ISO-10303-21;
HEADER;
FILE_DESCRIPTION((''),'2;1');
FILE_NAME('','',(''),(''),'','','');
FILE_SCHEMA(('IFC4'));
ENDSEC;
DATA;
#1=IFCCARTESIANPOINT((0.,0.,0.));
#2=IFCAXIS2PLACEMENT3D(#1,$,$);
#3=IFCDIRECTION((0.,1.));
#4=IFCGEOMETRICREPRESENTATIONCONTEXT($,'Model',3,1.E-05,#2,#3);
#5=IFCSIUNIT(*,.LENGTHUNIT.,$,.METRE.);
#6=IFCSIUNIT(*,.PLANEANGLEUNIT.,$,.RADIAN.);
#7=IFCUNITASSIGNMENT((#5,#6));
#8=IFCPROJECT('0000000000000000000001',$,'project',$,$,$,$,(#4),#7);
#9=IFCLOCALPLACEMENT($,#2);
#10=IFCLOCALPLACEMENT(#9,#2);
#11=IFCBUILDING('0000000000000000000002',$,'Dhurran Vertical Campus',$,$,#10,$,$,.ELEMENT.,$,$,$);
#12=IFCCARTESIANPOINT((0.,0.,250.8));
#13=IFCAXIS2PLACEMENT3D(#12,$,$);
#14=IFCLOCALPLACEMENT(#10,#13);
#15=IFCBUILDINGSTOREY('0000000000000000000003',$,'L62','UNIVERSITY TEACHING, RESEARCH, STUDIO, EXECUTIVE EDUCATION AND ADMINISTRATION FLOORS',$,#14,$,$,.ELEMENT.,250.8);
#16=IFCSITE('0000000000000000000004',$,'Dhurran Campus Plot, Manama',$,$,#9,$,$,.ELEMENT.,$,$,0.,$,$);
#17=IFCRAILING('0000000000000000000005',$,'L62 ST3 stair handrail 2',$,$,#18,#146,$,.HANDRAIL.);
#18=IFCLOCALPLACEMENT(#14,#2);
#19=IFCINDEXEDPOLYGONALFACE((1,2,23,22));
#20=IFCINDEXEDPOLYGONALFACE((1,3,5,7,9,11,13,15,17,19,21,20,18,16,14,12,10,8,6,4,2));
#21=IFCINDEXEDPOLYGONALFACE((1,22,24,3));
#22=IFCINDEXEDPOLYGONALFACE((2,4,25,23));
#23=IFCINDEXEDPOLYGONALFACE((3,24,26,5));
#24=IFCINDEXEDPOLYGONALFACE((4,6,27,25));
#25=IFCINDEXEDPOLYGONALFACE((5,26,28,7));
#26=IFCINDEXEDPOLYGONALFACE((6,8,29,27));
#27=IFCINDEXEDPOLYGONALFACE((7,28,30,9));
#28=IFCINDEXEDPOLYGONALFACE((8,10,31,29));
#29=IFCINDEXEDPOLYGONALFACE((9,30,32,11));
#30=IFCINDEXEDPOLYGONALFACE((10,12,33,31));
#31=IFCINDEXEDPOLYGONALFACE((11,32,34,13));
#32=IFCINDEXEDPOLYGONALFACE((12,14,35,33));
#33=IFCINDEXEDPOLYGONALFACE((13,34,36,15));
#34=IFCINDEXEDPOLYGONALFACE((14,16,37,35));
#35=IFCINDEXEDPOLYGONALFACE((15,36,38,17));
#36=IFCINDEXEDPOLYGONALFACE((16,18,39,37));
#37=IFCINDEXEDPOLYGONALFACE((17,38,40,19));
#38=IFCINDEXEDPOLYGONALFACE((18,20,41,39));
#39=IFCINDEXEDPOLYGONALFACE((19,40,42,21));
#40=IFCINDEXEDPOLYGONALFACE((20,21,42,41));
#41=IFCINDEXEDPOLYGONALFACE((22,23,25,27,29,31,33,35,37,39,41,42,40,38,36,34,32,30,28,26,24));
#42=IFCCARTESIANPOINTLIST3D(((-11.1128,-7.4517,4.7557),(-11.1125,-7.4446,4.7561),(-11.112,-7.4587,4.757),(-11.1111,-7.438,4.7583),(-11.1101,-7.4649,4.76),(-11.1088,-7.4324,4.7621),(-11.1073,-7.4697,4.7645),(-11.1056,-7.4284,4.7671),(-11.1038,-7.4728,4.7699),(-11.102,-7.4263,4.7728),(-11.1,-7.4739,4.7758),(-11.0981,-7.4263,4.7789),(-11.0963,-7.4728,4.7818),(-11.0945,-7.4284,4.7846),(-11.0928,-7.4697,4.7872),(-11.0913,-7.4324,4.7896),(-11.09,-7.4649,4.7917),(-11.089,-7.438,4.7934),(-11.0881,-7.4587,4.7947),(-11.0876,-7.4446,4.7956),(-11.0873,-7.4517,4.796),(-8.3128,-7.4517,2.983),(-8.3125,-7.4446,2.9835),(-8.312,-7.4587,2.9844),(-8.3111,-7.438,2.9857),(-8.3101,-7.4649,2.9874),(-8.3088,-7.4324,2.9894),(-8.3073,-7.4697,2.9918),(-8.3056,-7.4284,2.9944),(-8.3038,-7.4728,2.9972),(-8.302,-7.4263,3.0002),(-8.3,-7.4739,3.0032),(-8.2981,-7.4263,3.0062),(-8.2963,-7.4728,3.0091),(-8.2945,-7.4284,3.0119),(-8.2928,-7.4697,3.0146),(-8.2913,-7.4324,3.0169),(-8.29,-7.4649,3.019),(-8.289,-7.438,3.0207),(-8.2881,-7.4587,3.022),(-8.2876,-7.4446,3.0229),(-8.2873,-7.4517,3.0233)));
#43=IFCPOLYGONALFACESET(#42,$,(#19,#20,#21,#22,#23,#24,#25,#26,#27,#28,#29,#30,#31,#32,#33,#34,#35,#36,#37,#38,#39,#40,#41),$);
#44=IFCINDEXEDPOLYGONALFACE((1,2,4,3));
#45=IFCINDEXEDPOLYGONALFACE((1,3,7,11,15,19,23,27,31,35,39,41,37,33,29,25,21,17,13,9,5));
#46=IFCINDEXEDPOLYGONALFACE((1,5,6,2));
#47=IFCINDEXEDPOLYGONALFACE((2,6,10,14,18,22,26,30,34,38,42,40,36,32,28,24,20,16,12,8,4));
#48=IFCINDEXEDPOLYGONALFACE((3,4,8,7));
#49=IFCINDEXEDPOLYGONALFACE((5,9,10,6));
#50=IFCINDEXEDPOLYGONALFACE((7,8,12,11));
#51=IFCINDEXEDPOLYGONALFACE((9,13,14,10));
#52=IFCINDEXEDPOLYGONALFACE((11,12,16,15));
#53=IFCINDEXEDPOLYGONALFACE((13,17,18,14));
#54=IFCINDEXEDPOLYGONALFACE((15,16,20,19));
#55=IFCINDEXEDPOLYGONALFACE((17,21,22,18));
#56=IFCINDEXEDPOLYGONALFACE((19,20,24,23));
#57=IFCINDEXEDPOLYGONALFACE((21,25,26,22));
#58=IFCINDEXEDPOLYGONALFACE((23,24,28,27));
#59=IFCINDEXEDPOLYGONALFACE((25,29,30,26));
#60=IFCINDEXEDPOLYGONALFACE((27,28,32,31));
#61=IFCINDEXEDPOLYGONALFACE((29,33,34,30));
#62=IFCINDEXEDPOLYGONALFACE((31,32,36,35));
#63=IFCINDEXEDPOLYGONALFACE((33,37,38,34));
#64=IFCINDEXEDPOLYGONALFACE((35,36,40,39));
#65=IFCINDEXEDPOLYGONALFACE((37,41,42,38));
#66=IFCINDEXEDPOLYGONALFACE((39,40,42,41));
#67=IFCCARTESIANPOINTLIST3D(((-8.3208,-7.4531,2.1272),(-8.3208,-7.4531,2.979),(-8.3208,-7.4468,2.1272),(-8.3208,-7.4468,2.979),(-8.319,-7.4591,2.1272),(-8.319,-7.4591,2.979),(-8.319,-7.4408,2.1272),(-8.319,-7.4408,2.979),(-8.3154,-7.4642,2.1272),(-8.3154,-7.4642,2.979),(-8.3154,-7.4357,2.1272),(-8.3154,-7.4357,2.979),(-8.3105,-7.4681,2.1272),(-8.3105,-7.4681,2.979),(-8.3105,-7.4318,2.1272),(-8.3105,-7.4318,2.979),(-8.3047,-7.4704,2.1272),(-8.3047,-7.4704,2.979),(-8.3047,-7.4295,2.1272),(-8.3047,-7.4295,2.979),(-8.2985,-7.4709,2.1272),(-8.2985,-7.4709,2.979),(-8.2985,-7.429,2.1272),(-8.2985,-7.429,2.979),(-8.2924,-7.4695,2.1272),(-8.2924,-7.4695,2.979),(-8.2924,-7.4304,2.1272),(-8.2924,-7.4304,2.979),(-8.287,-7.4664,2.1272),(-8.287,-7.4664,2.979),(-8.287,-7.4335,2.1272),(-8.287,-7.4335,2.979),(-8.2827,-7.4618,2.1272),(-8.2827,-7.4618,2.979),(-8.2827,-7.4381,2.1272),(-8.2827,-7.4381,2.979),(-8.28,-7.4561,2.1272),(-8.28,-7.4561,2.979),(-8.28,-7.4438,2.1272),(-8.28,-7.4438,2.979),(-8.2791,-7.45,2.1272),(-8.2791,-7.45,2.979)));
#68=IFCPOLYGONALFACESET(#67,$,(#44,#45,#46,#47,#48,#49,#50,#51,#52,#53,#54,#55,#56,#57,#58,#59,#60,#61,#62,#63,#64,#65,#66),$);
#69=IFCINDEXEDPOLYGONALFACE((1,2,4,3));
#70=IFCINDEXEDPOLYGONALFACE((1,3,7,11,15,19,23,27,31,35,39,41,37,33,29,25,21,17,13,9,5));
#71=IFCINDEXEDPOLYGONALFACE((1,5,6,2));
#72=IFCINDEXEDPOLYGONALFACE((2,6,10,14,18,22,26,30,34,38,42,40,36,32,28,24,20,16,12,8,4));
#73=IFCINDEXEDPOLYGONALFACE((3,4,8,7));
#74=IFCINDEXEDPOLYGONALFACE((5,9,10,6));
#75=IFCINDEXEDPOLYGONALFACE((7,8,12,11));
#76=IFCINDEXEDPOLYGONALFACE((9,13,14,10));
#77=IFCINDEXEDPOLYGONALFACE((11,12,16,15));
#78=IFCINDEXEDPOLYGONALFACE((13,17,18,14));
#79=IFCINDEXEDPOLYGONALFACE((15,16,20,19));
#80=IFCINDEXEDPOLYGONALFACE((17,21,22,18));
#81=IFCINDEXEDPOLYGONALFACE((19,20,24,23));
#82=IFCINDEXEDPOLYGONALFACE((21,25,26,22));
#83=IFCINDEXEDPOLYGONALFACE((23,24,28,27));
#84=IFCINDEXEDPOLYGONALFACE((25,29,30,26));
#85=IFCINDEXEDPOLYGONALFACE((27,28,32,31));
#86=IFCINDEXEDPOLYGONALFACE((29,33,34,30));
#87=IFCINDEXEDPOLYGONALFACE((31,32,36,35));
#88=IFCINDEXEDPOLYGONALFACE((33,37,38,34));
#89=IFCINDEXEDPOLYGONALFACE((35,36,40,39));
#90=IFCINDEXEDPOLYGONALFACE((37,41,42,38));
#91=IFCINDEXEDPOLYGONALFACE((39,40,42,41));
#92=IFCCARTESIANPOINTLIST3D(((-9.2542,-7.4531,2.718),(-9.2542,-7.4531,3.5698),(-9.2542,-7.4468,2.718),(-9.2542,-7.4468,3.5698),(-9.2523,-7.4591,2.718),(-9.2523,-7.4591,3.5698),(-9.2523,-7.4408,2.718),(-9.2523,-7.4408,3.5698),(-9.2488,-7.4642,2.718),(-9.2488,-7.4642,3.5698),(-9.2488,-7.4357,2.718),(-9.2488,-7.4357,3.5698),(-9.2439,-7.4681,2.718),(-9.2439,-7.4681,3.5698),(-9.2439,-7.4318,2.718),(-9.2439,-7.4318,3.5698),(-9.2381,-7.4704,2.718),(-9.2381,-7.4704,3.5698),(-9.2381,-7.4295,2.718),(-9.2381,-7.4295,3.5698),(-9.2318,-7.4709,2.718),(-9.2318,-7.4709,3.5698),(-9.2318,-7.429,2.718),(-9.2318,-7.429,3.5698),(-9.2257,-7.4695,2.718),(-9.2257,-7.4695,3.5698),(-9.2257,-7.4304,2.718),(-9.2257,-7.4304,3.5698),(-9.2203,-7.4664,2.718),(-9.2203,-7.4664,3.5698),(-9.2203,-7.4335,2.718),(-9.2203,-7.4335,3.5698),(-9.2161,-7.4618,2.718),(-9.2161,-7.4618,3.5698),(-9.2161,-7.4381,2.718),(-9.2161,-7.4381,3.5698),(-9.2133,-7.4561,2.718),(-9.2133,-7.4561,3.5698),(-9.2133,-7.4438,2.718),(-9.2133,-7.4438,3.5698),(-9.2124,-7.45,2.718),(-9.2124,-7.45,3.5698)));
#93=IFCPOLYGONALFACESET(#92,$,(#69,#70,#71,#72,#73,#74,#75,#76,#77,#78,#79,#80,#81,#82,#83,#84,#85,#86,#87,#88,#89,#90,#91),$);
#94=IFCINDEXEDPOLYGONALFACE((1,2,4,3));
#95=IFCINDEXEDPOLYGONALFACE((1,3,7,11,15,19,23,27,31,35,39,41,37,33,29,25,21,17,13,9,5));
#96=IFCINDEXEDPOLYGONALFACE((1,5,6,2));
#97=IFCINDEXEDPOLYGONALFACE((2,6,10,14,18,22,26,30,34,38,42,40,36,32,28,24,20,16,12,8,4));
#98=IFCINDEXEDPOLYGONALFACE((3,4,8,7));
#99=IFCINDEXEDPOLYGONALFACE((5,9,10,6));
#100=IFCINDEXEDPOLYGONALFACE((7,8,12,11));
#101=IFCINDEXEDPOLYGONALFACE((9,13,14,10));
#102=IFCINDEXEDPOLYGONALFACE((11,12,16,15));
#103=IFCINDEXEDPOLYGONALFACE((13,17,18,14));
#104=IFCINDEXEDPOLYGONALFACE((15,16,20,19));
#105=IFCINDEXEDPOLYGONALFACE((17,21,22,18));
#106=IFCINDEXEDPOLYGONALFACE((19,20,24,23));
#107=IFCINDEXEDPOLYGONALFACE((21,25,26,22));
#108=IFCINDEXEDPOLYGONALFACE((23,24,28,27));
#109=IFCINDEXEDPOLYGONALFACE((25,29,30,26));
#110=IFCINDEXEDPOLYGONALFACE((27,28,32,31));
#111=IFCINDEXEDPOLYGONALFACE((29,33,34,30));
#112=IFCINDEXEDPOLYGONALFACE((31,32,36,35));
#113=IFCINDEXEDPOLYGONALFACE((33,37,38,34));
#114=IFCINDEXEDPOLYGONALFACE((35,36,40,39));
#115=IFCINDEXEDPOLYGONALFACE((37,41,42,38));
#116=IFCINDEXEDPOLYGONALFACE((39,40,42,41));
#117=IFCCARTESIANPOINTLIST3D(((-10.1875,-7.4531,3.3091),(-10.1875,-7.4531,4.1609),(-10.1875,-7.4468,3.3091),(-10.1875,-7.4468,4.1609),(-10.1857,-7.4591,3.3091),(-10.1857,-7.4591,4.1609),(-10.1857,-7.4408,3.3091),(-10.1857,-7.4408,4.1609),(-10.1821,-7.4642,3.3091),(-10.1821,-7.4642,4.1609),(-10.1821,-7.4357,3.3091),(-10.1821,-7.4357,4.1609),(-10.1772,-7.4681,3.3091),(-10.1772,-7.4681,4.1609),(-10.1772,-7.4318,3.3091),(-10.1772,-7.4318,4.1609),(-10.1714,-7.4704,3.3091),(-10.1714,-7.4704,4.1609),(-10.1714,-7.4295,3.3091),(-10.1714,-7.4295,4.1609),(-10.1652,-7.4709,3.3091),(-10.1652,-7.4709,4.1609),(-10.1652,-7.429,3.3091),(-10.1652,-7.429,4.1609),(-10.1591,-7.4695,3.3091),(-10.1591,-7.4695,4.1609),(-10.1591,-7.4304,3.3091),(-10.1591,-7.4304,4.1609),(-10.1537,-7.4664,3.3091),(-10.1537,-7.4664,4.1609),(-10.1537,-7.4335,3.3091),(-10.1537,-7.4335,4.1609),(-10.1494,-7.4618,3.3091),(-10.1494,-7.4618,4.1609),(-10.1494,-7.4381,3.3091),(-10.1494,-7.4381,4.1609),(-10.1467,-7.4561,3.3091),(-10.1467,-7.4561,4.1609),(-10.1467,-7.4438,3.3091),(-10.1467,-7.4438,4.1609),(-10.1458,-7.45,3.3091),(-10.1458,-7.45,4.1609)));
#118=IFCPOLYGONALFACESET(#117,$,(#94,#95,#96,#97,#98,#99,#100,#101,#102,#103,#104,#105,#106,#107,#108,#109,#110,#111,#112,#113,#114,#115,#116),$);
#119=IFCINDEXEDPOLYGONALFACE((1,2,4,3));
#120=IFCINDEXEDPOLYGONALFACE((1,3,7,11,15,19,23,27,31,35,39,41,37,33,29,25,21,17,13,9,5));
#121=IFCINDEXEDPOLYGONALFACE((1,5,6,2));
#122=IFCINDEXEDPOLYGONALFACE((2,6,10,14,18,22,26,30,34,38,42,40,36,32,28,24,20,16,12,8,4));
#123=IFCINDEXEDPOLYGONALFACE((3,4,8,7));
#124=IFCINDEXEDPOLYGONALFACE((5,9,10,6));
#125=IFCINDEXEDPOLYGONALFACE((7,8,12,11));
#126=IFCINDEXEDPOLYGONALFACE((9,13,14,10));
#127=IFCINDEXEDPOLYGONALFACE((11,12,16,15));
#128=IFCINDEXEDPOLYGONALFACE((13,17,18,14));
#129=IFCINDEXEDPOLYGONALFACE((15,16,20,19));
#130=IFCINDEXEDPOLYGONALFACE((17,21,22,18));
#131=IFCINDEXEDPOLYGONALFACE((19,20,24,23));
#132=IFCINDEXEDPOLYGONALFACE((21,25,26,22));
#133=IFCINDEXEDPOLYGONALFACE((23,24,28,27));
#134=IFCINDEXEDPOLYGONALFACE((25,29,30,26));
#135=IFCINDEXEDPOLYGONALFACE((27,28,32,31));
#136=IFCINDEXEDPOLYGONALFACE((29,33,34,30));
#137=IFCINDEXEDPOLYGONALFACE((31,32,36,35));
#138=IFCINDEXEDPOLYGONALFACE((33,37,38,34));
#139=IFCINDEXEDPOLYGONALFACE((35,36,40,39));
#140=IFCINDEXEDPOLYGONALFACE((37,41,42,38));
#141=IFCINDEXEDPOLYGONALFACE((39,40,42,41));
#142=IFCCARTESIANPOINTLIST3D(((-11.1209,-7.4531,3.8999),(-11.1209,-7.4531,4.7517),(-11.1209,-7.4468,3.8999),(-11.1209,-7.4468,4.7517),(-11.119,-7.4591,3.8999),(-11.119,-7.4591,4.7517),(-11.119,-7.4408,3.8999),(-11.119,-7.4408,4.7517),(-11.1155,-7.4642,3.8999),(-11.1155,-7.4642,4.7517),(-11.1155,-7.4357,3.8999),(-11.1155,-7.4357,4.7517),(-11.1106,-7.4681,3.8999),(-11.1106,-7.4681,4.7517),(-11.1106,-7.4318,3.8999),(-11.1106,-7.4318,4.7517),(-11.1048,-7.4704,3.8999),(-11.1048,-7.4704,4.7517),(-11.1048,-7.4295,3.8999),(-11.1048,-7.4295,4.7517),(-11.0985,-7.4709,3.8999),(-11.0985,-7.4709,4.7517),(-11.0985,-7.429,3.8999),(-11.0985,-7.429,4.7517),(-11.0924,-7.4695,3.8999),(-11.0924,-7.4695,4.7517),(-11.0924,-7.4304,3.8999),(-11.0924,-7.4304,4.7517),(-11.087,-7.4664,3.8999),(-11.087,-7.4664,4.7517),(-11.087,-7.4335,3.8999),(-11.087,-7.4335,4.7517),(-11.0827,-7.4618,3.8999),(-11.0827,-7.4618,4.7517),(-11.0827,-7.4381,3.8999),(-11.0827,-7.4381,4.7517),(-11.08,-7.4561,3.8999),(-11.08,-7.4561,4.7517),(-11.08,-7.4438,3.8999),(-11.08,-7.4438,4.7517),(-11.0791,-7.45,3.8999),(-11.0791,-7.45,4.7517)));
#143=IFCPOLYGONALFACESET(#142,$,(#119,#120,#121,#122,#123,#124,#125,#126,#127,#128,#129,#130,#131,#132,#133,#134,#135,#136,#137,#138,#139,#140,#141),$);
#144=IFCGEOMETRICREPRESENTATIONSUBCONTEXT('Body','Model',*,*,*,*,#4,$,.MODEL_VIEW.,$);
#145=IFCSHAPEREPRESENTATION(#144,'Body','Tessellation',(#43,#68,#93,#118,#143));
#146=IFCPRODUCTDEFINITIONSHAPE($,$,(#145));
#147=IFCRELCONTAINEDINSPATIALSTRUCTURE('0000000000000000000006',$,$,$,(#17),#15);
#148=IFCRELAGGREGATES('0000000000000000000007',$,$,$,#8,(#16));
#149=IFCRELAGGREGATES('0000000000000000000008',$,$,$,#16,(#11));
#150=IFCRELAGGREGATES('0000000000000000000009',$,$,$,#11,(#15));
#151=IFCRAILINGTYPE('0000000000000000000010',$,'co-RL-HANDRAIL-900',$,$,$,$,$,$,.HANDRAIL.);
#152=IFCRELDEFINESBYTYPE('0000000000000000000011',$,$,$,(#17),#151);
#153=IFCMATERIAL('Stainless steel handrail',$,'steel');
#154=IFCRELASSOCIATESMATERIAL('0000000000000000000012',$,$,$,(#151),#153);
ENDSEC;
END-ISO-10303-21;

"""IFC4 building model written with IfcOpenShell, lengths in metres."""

from ifc_helpers import new_model, si_unit, direction, frame, origin, origin_2d, place, context, subcontext, project, spatial, circle, extrude, material, type_object, element, save


model = new_model("IFC4")

# Units and contexts
model_context = context("Model", 3, precision=1e-05, world=origin(), true_north=direction((0.0, 1.0)))
body_context = subcontext(model_context, "Body", "Model", "MODEL_VIEW")
ifc_project = project(units=[si_unit("LENGTHUNIT", "METRE"), si_unit("PLANEANGLEUNIT", "RADIAN")], contexts=[model_context])

# Site, building, storey
site_placement = place(None, origin())
site = spatial("IfcSite", under=ifc_project, at=site_placement, Name="Dhurran Campus Plot, Manama", CompositionType="ELEMENT", RefElevation=0.0)
building_placement = place(site_placement, origin())
building = spatial("IfcBuilding", under=site, at=building_placement, Name="Dhurran Vertical Campus", CompositionType="ELEMENT")
storey_placement = place(building_placement, frame((0.0, 0.0, 250.8)))
storey = spatial("IfcBuildingStorey", under=building, at=storey_placement, Name="L62", Description="UNIVERSITY TEACHING, RESEARCH, STUDIO, EXECUTIVE EDUCATION AND ADMINISTRATION FLOORS", CompositionType="ELEMENT", Elevation=250.8)

# Railing
ifc_material_1 = material(Name="Stainless steel handrail", Category="steel")
railing_type_1 = type_object("IfcRailingType", Name="co-RL-HANDRAIL-900", PredefinedType="HANDRAIL", material=ifc_material_1)
railing_1_placement = place(storey_placement, frame((-8.3, -7.45, 2.1272)))
element("IfcRailing", 1, at=railing_1_placement, inside=storey, type_object=railing_type_1, Name="L62 ST3 stair handrail 2", PredefinedType="HANDRAIL", context=body_context, shape_type="SweptSolid", body=[
    extrude(circle(Radius=0.0239, at=origin_2d()), frame((0.0, 0.0, 0.876), z_axis=(-0.844909, 0.0, 0.53491), x_axis=(0.0, -1.0, 0.0)), (0.0, 0.0, 1.0), 3.314),
    extrude(circle(Radius=0.021, at=origin_2d()), origin(), (0.0, 0.0, 1.0), 0.8518),
    extrude(circle(Radius=0.021, at=origin_2d()), frame((-0.9333, 0.0, 0.5908)), (0.0, 0.0, 1.0), 0.8518),
    extrude(circle(Radius=0.021, at=origin_2d()), frame((-1.8667, 0.0, 1.1819)), (0.0, 0.0, 1.0), 0.8518),
    extrude(circle(Radius=0.021, at=origin_2d()), frame((-2.8, 0.0, 1.7727)), (0.0, 0.0, 1.0), 0.8518),
])

save(model, "model.ifc")
